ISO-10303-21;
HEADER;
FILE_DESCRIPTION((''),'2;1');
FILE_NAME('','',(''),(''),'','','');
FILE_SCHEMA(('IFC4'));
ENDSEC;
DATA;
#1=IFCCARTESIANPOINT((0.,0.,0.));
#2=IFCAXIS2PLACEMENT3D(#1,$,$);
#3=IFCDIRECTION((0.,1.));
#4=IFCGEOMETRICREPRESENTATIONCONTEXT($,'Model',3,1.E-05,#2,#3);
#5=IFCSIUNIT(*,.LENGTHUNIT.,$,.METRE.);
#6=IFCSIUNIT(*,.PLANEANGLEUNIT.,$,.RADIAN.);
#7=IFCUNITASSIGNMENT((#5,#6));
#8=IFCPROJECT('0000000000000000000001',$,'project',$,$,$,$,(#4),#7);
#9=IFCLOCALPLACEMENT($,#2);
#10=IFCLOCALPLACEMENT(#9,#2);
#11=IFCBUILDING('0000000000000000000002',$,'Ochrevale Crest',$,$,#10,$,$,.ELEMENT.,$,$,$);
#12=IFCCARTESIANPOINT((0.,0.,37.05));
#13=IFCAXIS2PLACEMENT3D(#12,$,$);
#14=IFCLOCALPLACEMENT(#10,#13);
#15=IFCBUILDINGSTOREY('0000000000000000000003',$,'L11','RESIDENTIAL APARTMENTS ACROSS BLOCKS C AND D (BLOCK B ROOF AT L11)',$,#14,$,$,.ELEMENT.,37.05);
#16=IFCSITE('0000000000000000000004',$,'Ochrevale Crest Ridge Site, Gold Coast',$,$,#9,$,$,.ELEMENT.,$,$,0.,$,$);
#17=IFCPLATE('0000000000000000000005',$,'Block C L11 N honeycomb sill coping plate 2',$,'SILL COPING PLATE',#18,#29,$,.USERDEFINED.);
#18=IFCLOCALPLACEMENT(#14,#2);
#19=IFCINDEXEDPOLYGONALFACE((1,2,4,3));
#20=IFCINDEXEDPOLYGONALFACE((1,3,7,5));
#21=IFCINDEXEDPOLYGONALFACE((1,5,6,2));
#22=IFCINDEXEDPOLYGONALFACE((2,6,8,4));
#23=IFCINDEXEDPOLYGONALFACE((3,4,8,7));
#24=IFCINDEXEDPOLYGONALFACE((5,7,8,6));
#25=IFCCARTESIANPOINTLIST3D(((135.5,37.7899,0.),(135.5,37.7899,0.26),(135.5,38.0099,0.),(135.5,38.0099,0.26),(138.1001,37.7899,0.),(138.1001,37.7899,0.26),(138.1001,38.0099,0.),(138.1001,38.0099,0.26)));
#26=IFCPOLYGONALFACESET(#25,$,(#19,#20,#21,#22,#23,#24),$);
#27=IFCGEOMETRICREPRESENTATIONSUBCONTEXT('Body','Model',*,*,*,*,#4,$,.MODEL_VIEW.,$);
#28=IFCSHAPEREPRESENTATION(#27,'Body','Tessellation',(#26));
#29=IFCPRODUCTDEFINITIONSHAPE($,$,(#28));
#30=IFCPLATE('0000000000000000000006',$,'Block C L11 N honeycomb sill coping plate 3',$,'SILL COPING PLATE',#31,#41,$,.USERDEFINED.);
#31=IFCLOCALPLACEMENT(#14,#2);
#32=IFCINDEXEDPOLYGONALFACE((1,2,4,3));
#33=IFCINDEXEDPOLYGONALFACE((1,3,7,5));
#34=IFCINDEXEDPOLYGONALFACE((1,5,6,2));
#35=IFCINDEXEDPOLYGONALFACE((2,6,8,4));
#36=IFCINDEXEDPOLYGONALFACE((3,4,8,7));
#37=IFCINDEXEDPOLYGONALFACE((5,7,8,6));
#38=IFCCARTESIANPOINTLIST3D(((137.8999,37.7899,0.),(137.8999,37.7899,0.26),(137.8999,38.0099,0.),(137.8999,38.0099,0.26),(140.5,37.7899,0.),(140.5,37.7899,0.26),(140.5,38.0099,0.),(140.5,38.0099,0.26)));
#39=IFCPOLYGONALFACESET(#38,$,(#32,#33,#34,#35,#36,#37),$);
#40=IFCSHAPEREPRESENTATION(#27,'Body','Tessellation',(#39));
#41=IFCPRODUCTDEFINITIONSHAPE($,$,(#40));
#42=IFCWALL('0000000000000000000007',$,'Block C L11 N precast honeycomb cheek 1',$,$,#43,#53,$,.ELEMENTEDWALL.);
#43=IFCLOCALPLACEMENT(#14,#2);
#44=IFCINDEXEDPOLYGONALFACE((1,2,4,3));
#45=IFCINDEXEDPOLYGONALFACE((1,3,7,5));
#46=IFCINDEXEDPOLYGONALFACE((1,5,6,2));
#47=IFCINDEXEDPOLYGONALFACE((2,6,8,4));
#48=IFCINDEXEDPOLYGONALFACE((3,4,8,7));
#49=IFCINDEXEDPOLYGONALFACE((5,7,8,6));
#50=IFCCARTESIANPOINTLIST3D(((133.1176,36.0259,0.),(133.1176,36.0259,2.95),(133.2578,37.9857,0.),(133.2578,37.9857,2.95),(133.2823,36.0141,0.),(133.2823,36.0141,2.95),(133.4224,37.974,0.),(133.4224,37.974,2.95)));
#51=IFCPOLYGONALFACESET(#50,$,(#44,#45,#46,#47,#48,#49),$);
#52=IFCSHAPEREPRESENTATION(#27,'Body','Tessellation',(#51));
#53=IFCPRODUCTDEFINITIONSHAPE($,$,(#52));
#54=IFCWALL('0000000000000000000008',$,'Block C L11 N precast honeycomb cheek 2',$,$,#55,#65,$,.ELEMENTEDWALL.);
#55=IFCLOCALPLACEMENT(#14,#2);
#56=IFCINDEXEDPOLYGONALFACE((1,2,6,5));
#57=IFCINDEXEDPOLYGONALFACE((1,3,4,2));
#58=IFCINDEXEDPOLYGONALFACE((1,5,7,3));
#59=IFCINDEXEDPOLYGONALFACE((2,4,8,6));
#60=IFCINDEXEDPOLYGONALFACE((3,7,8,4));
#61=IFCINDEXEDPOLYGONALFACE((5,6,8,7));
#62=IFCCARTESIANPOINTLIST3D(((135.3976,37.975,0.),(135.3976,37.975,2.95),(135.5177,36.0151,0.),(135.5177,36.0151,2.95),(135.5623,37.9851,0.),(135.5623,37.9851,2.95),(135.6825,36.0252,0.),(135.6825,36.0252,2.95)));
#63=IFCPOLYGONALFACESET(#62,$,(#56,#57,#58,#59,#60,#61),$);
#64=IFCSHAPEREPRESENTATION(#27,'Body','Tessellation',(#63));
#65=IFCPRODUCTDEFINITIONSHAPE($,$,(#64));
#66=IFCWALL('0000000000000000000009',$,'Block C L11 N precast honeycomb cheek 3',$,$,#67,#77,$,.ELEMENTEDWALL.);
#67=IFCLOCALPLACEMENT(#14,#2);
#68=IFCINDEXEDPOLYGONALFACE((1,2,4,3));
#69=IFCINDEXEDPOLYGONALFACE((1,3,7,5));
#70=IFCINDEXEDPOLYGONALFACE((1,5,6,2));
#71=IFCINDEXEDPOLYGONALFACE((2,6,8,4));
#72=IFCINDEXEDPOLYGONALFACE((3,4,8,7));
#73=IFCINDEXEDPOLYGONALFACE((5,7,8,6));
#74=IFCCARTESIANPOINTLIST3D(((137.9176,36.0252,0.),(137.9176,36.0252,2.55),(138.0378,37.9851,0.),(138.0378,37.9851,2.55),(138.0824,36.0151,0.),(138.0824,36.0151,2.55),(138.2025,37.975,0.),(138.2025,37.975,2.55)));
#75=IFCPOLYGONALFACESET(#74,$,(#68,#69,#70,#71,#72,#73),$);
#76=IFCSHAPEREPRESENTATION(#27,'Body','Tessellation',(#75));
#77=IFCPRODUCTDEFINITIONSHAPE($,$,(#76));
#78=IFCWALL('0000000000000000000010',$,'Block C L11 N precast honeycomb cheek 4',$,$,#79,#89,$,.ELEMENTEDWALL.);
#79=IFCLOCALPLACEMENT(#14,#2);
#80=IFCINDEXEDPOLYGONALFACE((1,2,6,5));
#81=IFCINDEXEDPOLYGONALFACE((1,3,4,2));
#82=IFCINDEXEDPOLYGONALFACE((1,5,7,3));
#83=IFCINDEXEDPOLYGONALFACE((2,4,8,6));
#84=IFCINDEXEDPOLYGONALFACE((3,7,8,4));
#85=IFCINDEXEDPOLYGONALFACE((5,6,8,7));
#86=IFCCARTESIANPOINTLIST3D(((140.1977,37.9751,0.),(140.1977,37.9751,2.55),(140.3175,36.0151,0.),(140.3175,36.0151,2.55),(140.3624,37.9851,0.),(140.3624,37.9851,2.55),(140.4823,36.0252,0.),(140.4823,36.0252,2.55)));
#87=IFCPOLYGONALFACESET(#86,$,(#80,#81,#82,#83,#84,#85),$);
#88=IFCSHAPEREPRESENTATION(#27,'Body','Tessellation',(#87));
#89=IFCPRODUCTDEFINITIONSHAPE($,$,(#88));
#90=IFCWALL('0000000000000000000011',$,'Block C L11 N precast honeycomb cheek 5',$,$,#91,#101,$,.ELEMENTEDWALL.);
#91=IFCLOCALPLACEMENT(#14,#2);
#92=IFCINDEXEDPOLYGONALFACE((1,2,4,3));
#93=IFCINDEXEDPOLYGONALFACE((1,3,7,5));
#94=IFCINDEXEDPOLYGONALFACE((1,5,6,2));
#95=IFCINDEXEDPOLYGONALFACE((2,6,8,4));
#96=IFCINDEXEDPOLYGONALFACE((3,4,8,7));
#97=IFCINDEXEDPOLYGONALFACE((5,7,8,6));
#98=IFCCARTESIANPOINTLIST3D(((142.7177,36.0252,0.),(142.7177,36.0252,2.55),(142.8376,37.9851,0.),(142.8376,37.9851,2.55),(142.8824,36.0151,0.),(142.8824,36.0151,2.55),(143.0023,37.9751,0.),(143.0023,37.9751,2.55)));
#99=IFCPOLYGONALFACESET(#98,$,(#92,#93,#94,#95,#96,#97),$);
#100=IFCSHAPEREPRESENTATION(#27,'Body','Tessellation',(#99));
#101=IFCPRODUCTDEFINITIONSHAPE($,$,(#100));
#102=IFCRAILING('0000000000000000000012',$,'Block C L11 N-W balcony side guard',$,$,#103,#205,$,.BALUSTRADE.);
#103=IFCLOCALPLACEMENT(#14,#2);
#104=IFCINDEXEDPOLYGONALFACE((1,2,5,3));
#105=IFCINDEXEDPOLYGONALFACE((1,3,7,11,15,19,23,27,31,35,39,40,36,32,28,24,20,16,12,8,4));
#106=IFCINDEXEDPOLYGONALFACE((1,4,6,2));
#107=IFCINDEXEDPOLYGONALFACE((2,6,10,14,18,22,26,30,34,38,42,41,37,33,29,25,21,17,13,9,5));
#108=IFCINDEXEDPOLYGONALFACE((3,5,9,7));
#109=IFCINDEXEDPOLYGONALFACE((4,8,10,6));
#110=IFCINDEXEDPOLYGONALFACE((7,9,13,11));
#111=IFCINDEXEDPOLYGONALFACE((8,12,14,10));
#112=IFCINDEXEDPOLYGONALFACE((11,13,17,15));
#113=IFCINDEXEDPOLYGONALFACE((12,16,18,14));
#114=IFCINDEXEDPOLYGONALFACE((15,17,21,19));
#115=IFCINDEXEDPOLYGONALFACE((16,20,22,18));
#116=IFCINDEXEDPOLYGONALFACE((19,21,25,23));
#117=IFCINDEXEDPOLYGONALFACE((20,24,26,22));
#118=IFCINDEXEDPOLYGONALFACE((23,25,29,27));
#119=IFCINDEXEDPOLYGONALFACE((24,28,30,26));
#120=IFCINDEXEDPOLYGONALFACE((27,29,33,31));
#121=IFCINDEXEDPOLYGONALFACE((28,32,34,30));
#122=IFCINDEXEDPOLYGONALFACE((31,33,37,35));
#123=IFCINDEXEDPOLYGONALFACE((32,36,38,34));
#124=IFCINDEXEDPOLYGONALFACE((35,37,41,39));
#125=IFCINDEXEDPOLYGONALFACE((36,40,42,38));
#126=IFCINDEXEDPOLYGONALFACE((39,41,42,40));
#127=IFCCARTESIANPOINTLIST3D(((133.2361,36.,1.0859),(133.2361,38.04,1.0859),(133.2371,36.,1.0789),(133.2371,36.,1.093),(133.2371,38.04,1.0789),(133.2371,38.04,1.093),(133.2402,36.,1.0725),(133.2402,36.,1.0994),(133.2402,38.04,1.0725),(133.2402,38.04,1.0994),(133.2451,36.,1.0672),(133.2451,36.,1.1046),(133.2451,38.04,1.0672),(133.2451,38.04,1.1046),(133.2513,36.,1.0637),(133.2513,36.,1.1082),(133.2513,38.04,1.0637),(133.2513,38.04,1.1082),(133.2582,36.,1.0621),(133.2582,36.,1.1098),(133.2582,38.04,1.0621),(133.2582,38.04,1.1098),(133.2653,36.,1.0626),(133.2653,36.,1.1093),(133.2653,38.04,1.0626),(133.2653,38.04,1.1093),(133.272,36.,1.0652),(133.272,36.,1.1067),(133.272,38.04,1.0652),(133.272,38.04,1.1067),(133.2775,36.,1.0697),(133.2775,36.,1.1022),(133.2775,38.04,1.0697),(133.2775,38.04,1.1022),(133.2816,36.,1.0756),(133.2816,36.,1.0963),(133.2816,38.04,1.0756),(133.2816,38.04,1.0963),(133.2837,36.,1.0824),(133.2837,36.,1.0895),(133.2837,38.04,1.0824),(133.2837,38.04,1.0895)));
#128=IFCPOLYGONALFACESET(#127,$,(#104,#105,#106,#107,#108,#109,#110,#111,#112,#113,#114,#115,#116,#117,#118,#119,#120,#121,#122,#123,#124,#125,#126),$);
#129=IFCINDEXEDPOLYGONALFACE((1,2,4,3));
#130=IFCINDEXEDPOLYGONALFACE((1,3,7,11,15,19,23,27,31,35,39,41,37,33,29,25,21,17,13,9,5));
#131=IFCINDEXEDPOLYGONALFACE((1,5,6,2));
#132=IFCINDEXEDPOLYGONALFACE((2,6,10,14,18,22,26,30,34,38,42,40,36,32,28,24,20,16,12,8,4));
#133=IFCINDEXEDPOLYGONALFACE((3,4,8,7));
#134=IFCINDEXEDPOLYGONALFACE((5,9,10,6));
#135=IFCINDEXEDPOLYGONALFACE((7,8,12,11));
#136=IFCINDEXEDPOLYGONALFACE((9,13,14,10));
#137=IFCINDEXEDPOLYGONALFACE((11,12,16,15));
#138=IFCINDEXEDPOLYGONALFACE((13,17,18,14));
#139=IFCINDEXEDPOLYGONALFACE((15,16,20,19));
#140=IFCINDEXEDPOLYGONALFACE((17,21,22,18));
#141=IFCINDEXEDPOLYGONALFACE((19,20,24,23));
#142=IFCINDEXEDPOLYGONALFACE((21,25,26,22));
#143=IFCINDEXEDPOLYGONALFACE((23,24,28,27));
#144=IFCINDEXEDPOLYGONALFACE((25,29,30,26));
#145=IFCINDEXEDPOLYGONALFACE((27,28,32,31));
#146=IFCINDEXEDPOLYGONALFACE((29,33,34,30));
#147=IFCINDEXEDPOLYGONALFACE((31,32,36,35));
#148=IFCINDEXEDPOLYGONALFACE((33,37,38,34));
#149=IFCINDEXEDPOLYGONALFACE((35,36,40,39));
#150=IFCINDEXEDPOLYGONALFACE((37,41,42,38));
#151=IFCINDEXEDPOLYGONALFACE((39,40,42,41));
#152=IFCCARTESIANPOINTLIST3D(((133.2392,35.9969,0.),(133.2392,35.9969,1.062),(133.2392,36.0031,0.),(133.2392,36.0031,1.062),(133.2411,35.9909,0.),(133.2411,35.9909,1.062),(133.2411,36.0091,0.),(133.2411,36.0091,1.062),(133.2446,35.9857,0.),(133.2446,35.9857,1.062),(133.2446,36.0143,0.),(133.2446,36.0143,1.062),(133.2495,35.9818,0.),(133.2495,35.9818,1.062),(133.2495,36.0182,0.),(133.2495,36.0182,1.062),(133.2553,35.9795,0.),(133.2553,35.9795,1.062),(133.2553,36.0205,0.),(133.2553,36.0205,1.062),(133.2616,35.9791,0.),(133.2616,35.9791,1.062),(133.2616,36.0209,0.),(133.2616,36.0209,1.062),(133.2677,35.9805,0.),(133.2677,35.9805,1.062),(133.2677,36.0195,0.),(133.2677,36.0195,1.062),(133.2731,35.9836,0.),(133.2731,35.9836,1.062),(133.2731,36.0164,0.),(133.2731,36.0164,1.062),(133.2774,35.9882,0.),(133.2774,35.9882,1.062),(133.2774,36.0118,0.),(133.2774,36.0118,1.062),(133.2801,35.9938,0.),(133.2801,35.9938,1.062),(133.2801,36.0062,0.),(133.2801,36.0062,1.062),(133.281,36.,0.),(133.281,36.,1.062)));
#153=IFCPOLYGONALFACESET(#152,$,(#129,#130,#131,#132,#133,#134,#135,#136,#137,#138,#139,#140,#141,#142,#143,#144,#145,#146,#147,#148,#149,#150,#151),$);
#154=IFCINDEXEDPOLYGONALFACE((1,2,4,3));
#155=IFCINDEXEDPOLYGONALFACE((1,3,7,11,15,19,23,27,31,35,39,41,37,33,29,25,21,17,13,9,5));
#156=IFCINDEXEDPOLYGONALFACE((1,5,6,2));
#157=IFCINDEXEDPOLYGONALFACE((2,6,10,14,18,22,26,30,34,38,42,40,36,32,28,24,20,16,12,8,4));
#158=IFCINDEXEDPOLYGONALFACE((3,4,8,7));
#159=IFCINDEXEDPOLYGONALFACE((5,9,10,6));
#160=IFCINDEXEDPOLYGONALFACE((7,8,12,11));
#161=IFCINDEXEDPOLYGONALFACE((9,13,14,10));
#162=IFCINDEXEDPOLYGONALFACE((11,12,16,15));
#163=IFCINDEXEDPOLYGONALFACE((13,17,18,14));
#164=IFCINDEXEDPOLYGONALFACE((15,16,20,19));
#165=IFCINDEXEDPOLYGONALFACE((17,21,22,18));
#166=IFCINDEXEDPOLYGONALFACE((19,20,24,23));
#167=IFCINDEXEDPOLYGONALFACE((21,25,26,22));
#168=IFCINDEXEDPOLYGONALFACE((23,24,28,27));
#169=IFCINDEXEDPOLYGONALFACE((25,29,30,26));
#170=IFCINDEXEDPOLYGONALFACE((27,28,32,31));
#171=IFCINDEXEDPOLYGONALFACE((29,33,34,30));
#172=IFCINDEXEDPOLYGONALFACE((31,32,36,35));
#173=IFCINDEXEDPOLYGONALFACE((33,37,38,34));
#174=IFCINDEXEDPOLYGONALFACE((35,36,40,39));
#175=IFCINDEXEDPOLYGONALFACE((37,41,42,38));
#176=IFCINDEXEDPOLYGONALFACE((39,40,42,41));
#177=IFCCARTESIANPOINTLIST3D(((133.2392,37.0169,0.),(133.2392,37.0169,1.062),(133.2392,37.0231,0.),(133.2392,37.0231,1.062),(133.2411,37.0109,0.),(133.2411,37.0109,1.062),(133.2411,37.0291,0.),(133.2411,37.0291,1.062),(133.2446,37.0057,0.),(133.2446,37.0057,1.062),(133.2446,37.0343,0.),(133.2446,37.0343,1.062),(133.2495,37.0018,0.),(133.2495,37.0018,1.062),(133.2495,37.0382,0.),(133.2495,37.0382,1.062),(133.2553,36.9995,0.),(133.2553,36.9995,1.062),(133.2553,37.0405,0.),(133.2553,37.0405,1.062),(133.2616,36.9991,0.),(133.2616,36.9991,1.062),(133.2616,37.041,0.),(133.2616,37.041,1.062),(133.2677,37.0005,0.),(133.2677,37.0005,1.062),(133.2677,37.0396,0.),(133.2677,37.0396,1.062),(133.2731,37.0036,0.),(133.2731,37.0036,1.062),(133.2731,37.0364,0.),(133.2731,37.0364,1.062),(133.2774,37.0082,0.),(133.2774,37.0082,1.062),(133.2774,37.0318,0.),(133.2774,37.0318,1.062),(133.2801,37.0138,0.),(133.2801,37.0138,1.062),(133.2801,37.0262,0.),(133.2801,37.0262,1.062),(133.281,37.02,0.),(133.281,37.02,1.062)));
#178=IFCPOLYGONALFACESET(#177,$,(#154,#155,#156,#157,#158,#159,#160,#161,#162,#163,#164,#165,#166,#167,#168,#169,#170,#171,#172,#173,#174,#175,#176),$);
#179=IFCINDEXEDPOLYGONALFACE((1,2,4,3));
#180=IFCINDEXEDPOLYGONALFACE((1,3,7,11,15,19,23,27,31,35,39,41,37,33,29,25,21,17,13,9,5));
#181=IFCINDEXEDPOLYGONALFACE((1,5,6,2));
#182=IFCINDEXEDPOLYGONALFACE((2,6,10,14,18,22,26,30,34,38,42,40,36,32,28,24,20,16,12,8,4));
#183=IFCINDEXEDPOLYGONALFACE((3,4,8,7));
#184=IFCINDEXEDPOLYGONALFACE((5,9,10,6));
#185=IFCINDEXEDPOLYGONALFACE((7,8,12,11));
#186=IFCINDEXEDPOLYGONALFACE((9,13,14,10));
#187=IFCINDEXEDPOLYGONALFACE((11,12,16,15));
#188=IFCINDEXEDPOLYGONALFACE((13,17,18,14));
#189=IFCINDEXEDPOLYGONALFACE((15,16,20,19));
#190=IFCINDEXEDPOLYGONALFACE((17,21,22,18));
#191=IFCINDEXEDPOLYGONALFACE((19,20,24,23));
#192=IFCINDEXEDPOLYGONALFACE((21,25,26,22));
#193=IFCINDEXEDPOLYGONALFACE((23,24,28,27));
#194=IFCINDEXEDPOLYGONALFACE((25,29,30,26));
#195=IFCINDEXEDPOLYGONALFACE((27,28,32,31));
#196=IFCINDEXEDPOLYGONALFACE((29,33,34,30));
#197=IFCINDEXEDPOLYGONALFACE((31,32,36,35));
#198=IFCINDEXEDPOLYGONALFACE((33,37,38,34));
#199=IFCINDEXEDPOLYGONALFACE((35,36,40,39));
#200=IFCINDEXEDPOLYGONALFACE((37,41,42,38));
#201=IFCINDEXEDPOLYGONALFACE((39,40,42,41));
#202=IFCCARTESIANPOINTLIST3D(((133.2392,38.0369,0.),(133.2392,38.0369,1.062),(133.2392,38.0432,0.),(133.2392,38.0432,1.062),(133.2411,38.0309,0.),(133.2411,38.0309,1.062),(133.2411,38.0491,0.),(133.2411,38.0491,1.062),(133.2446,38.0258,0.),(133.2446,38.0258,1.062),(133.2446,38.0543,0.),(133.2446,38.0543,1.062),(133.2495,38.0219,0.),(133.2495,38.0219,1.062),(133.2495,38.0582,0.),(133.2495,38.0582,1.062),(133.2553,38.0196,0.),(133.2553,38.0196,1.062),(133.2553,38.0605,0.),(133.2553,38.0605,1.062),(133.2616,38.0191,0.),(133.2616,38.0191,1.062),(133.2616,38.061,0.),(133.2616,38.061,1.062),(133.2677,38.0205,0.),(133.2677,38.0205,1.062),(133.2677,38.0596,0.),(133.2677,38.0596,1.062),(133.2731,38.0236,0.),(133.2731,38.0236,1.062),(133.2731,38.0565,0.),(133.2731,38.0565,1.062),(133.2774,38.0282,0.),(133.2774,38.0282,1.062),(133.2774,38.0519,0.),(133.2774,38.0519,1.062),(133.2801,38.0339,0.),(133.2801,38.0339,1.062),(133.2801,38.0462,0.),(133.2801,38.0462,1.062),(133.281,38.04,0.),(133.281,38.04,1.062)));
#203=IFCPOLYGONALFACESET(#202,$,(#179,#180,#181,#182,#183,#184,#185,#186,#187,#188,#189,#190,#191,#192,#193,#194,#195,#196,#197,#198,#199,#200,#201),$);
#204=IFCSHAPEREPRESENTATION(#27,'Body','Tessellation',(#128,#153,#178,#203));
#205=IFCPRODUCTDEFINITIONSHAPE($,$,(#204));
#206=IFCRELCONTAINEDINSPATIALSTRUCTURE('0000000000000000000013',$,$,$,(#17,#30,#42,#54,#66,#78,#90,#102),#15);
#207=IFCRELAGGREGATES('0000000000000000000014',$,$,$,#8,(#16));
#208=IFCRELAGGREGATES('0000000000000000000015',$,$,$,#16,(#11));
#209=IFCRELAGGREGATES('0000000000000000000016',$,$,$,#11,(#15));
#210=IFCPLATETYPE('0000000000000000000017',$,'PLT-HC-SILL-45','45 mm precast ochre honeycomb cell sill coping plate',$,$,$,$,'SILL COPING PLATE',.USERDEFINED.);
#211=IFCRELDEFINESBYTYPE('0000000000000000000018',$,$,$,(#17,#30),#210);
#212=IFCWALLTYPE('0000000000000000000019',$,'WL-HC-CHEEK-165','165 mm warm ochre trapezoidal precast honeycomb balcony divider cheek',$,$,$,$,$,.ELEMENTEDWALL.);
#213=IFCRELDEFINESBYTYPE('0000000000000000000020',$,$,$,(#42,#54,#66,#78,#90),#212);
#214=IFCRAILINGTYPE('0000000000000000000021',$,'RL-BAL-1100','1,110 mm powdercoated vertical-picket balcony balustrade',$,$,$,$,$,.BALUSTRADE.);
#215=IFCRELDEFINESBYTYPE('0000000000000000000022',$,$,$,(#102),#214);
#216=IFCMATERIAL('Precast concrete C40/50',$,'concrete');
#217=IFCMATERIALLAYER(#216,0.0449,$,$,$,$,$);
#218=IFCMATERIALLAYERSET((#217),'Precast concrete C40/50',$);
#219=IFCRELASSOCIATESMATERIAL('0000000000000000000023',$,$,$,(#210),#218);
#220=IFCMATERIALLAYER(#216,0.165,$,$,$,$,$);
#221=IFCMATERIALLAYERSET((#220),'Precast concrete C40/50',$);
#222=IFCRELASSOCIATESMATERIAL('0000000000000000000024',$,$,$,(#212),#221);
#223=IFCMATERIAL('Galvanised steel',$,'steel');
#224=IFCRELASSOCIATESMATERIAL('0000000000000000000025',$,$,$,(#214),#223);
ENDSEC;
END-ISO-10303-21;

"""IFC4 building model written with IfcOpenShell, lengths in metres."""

from ifc_helpers import new_model, si_unit, direction, frame, frame_2d, origin, origin_2d, place, context, subcontext, project, spatial, rectangle, circle, extrude, material, layer, layer_set, type_object, element, save


model = new_model("IFC4")

# Units and contexts
model_context = context("Model", 3, precision=1e-05, world=origin(), true_north=direction((0.0, 1.0)))
body_context = subcontext(model_context, "Body", "Model", "MODEL_VIEW")
ifc_project = project(units=[si_unit("LENGTHUNIT", "METRE"), si_unit("PLANEANGLEUNIT", "RADIAN")], contexts=[model_context])

# Site, building, storey
site_placement = place(None, origin())
site = spatial("IfcSite", under=ifc_project, at=site_placement, Name="Ochrevale Crest Ridge Site, Gold Coast", CompositionType="ELEMENT", RefElevation=0.0)
building_placement = place(site_placement, origin())
building = spatial("IfcBuilding", under=site, at=building_placement, Name="Ochrevale Crest", CompositionType="ELEMENT")
storey_placement = place(building_placement, frame((0.0, 0.0, 37.05)))
storey = spatial("IfcBuildingStorey", under=building, at=storey_placement, Name="L11", Description="RESIDENTIAL APARTMENTS ACROSS BLOCKS C AND D (BLOCK B ROOF AT L11)", CompositionType="ELEMENT", Elevation=37.05)

# Shared definitions
ifc_material_1 = material(Name="Precast concrete C40/50", Category="concrete")

# Plates
ifc_layer_1 = layer(ifc_material_1, 0.0449)
ifc_layer_set_1 = layer_set([ifc_layer_1], Name="Precast concrete C40/50")
plate_type_1 = type_object("IfcPlateType", Name="PLT-HC-SILL-45", Description="45 mm precast ochre honeycomb cell sill coping plate", ElementType="SILL COPING PLATE", PredefinedType="USERDEFINED", material=ifc_layer_set_1)
for number, where, z_axis, x_axis, name in (
    (1, (136.8, 37.8999, 0.0), (0.0, 0.0, 1.0), (1.0, 0.0, 0.0), "Block C L11 N honeycomb sill coping plate 2"),
    (2, (139.2, 37.8999, 0.0), (0.0, 0.0, 1.0), (1.0, 0.0, 0.0), "Block C L11 N honeycomb sill coping plate 3"),
):
    element("IfcPlate", number, at=place(storey_placement, frame(where, z_axis=z_axis, x_axis=x_axis)), inside=storey, type_object=plate_type_1, Name=name, ObjectType="SILL COPING PLATE", PredefinedType="USERDEFINED", context=body_context, shape_type="SweptSolid", body=[
        extrude(rectangle(XDim=2.6001, YDim=0.22, at=origin_2d()), origin(), (0.0, 0.0, 1.0), 0.26),
    ])

# Walls
ifc_layer_2 = layer(ifc_material_1, 0.165)
ifc_layer_set_2 = layer_set([ifc_layer_2], Name="Precast concrete C40/50")
wall_type = type_object("IfcWallType", Name="WL-HC-CHEEK-165", Description="165 mm warm ochre trapezoidal precast honeycomb balcony divider cheek", PredefinedType="ELEMENTEDWALL", material=ifc_layer_set_2)
wall_1_placement = place(storey_placement, frame((133.2, 36.02, 0.0), z_axis=(0.0, 0.0, 1.0), x_axis=(0.071318, 0.997454, 0.0)))
element("IfcWall", 3, at=wall_1_placement, inside=storey, type_object=wall_type, Name="Block C L11 N precast honeycomb cheek 1", PredefinedType="ELEMENTEDWALL", context=body_context, shape_type="SweptSolid", body=[
    extrude(rectangle(XDim=1.9648, YDim=0.165, at=frame_2d((0.9824, 0.0))), origin(), (0.0, 0.0, 1.0), 2.95),
])
wall_2_placement = place(storey_placement, frame((135.6001, 36.02, 0.0), z_axis=(0.0, 0.0, 1.0), x_axis=(-0.061171, 0.998127, 0.0)))
element("IfcWall", 4, at=wall_2_placement, inside=storey, type_object=wall_type, Name="Block C L11 N precast honeycomb cheek 2", PredefinedType="ELEMENTEDWALL", context=body_context, shape_type="SweptSolid", body=[
    extrude(rectangle(XDim=1.9636, YDim=0.165, at=frame_2d((0.9819, 0.0))), origin(), (0.0, 0.0, 1.0), 2.95),
])
for number, where, z_axis, x_axis, name in (
    (5, (138.0, 36.02, 0.0), (0.0, 0.0, 1.0), (0.061171, 0.998127, 0.0), "Block C L11 N precast honeycomb cheek 3"),
    (6, (140.3999, 36.02, 0.0), (0.0, 0.0, 1.0), (-0.061047, 0.998135, 0.0), "Block C L11 N precast honeycomb cheek 4"),
    (7, (142.8, 36.02, 0.0), (0.0, 0.0, 1.0), (0.061047, 0.998135, 0.0), "Block C L11 N precast honeycomb cheek 5"),
):
    element("IfcWall", number, at=place(storey_placement, frame(where, z_axis=z_axis, x_axis=x_axis)), inside=storey, type_object=wall_type, Name=name, PredefinedType="ELEMENTEDWALL", context=body_context, shape_type="SweptSolid", body=[
        extrude(rectangle(XDim=1.9636, YDim=0.165, at=frame_2d((0.9819, 0.0))), origin(), (0.0, 0.0, 1.0), 2.55),
    ])

# Railing
ifc_material_2 = material(Name="Galvanised steel", Category="steel")
railing_type = type_object("IfcRailingType", Name="RL-BAL-1100", Description="1,110 mm powdercoated vertical-picket balcony balustrade", PredefinedType="BALUSTRADE", material=ifc_material_2)
railing_placement = place(storey_placement, frame((133.26, 36.0, 0.0)))
element("IfcRailing", 8, at=railing_placement, inside=storey, type_object=railing_type, Name="Block C L11 N-W balcony side guard", PredefinedType="BALUSTRADE", context=body_context, shape_type="SweptSolid", body=[
    extrude(circle(Radius=0.0239, at=origin_2d()), frame((0.0, 0.0, 1.0859), z_axis=(0.0, 1.0, 0.0), x_axis=(-1.0, 0.0, 0.0)), (0.0, 0.0, 1.0), 2.04),
    extrude(circle(Radius=0.021, at=origin_2d()), origin(), (0.0, 0.0, 1.0), 1.062),
    extrude(circle(Radius=0.021, at=origin_2d()), frame((0.0, 1.02, 0.0)), (0.0, 0.0, 1.0), 1.062),
    extrude(circle(Radius=0.021, at=origin_2d()), frame((0.0, 2.04, 0.0)), (0.0, 0.0, 1.0), 1.062),
])

save(model, "model.ifc")
